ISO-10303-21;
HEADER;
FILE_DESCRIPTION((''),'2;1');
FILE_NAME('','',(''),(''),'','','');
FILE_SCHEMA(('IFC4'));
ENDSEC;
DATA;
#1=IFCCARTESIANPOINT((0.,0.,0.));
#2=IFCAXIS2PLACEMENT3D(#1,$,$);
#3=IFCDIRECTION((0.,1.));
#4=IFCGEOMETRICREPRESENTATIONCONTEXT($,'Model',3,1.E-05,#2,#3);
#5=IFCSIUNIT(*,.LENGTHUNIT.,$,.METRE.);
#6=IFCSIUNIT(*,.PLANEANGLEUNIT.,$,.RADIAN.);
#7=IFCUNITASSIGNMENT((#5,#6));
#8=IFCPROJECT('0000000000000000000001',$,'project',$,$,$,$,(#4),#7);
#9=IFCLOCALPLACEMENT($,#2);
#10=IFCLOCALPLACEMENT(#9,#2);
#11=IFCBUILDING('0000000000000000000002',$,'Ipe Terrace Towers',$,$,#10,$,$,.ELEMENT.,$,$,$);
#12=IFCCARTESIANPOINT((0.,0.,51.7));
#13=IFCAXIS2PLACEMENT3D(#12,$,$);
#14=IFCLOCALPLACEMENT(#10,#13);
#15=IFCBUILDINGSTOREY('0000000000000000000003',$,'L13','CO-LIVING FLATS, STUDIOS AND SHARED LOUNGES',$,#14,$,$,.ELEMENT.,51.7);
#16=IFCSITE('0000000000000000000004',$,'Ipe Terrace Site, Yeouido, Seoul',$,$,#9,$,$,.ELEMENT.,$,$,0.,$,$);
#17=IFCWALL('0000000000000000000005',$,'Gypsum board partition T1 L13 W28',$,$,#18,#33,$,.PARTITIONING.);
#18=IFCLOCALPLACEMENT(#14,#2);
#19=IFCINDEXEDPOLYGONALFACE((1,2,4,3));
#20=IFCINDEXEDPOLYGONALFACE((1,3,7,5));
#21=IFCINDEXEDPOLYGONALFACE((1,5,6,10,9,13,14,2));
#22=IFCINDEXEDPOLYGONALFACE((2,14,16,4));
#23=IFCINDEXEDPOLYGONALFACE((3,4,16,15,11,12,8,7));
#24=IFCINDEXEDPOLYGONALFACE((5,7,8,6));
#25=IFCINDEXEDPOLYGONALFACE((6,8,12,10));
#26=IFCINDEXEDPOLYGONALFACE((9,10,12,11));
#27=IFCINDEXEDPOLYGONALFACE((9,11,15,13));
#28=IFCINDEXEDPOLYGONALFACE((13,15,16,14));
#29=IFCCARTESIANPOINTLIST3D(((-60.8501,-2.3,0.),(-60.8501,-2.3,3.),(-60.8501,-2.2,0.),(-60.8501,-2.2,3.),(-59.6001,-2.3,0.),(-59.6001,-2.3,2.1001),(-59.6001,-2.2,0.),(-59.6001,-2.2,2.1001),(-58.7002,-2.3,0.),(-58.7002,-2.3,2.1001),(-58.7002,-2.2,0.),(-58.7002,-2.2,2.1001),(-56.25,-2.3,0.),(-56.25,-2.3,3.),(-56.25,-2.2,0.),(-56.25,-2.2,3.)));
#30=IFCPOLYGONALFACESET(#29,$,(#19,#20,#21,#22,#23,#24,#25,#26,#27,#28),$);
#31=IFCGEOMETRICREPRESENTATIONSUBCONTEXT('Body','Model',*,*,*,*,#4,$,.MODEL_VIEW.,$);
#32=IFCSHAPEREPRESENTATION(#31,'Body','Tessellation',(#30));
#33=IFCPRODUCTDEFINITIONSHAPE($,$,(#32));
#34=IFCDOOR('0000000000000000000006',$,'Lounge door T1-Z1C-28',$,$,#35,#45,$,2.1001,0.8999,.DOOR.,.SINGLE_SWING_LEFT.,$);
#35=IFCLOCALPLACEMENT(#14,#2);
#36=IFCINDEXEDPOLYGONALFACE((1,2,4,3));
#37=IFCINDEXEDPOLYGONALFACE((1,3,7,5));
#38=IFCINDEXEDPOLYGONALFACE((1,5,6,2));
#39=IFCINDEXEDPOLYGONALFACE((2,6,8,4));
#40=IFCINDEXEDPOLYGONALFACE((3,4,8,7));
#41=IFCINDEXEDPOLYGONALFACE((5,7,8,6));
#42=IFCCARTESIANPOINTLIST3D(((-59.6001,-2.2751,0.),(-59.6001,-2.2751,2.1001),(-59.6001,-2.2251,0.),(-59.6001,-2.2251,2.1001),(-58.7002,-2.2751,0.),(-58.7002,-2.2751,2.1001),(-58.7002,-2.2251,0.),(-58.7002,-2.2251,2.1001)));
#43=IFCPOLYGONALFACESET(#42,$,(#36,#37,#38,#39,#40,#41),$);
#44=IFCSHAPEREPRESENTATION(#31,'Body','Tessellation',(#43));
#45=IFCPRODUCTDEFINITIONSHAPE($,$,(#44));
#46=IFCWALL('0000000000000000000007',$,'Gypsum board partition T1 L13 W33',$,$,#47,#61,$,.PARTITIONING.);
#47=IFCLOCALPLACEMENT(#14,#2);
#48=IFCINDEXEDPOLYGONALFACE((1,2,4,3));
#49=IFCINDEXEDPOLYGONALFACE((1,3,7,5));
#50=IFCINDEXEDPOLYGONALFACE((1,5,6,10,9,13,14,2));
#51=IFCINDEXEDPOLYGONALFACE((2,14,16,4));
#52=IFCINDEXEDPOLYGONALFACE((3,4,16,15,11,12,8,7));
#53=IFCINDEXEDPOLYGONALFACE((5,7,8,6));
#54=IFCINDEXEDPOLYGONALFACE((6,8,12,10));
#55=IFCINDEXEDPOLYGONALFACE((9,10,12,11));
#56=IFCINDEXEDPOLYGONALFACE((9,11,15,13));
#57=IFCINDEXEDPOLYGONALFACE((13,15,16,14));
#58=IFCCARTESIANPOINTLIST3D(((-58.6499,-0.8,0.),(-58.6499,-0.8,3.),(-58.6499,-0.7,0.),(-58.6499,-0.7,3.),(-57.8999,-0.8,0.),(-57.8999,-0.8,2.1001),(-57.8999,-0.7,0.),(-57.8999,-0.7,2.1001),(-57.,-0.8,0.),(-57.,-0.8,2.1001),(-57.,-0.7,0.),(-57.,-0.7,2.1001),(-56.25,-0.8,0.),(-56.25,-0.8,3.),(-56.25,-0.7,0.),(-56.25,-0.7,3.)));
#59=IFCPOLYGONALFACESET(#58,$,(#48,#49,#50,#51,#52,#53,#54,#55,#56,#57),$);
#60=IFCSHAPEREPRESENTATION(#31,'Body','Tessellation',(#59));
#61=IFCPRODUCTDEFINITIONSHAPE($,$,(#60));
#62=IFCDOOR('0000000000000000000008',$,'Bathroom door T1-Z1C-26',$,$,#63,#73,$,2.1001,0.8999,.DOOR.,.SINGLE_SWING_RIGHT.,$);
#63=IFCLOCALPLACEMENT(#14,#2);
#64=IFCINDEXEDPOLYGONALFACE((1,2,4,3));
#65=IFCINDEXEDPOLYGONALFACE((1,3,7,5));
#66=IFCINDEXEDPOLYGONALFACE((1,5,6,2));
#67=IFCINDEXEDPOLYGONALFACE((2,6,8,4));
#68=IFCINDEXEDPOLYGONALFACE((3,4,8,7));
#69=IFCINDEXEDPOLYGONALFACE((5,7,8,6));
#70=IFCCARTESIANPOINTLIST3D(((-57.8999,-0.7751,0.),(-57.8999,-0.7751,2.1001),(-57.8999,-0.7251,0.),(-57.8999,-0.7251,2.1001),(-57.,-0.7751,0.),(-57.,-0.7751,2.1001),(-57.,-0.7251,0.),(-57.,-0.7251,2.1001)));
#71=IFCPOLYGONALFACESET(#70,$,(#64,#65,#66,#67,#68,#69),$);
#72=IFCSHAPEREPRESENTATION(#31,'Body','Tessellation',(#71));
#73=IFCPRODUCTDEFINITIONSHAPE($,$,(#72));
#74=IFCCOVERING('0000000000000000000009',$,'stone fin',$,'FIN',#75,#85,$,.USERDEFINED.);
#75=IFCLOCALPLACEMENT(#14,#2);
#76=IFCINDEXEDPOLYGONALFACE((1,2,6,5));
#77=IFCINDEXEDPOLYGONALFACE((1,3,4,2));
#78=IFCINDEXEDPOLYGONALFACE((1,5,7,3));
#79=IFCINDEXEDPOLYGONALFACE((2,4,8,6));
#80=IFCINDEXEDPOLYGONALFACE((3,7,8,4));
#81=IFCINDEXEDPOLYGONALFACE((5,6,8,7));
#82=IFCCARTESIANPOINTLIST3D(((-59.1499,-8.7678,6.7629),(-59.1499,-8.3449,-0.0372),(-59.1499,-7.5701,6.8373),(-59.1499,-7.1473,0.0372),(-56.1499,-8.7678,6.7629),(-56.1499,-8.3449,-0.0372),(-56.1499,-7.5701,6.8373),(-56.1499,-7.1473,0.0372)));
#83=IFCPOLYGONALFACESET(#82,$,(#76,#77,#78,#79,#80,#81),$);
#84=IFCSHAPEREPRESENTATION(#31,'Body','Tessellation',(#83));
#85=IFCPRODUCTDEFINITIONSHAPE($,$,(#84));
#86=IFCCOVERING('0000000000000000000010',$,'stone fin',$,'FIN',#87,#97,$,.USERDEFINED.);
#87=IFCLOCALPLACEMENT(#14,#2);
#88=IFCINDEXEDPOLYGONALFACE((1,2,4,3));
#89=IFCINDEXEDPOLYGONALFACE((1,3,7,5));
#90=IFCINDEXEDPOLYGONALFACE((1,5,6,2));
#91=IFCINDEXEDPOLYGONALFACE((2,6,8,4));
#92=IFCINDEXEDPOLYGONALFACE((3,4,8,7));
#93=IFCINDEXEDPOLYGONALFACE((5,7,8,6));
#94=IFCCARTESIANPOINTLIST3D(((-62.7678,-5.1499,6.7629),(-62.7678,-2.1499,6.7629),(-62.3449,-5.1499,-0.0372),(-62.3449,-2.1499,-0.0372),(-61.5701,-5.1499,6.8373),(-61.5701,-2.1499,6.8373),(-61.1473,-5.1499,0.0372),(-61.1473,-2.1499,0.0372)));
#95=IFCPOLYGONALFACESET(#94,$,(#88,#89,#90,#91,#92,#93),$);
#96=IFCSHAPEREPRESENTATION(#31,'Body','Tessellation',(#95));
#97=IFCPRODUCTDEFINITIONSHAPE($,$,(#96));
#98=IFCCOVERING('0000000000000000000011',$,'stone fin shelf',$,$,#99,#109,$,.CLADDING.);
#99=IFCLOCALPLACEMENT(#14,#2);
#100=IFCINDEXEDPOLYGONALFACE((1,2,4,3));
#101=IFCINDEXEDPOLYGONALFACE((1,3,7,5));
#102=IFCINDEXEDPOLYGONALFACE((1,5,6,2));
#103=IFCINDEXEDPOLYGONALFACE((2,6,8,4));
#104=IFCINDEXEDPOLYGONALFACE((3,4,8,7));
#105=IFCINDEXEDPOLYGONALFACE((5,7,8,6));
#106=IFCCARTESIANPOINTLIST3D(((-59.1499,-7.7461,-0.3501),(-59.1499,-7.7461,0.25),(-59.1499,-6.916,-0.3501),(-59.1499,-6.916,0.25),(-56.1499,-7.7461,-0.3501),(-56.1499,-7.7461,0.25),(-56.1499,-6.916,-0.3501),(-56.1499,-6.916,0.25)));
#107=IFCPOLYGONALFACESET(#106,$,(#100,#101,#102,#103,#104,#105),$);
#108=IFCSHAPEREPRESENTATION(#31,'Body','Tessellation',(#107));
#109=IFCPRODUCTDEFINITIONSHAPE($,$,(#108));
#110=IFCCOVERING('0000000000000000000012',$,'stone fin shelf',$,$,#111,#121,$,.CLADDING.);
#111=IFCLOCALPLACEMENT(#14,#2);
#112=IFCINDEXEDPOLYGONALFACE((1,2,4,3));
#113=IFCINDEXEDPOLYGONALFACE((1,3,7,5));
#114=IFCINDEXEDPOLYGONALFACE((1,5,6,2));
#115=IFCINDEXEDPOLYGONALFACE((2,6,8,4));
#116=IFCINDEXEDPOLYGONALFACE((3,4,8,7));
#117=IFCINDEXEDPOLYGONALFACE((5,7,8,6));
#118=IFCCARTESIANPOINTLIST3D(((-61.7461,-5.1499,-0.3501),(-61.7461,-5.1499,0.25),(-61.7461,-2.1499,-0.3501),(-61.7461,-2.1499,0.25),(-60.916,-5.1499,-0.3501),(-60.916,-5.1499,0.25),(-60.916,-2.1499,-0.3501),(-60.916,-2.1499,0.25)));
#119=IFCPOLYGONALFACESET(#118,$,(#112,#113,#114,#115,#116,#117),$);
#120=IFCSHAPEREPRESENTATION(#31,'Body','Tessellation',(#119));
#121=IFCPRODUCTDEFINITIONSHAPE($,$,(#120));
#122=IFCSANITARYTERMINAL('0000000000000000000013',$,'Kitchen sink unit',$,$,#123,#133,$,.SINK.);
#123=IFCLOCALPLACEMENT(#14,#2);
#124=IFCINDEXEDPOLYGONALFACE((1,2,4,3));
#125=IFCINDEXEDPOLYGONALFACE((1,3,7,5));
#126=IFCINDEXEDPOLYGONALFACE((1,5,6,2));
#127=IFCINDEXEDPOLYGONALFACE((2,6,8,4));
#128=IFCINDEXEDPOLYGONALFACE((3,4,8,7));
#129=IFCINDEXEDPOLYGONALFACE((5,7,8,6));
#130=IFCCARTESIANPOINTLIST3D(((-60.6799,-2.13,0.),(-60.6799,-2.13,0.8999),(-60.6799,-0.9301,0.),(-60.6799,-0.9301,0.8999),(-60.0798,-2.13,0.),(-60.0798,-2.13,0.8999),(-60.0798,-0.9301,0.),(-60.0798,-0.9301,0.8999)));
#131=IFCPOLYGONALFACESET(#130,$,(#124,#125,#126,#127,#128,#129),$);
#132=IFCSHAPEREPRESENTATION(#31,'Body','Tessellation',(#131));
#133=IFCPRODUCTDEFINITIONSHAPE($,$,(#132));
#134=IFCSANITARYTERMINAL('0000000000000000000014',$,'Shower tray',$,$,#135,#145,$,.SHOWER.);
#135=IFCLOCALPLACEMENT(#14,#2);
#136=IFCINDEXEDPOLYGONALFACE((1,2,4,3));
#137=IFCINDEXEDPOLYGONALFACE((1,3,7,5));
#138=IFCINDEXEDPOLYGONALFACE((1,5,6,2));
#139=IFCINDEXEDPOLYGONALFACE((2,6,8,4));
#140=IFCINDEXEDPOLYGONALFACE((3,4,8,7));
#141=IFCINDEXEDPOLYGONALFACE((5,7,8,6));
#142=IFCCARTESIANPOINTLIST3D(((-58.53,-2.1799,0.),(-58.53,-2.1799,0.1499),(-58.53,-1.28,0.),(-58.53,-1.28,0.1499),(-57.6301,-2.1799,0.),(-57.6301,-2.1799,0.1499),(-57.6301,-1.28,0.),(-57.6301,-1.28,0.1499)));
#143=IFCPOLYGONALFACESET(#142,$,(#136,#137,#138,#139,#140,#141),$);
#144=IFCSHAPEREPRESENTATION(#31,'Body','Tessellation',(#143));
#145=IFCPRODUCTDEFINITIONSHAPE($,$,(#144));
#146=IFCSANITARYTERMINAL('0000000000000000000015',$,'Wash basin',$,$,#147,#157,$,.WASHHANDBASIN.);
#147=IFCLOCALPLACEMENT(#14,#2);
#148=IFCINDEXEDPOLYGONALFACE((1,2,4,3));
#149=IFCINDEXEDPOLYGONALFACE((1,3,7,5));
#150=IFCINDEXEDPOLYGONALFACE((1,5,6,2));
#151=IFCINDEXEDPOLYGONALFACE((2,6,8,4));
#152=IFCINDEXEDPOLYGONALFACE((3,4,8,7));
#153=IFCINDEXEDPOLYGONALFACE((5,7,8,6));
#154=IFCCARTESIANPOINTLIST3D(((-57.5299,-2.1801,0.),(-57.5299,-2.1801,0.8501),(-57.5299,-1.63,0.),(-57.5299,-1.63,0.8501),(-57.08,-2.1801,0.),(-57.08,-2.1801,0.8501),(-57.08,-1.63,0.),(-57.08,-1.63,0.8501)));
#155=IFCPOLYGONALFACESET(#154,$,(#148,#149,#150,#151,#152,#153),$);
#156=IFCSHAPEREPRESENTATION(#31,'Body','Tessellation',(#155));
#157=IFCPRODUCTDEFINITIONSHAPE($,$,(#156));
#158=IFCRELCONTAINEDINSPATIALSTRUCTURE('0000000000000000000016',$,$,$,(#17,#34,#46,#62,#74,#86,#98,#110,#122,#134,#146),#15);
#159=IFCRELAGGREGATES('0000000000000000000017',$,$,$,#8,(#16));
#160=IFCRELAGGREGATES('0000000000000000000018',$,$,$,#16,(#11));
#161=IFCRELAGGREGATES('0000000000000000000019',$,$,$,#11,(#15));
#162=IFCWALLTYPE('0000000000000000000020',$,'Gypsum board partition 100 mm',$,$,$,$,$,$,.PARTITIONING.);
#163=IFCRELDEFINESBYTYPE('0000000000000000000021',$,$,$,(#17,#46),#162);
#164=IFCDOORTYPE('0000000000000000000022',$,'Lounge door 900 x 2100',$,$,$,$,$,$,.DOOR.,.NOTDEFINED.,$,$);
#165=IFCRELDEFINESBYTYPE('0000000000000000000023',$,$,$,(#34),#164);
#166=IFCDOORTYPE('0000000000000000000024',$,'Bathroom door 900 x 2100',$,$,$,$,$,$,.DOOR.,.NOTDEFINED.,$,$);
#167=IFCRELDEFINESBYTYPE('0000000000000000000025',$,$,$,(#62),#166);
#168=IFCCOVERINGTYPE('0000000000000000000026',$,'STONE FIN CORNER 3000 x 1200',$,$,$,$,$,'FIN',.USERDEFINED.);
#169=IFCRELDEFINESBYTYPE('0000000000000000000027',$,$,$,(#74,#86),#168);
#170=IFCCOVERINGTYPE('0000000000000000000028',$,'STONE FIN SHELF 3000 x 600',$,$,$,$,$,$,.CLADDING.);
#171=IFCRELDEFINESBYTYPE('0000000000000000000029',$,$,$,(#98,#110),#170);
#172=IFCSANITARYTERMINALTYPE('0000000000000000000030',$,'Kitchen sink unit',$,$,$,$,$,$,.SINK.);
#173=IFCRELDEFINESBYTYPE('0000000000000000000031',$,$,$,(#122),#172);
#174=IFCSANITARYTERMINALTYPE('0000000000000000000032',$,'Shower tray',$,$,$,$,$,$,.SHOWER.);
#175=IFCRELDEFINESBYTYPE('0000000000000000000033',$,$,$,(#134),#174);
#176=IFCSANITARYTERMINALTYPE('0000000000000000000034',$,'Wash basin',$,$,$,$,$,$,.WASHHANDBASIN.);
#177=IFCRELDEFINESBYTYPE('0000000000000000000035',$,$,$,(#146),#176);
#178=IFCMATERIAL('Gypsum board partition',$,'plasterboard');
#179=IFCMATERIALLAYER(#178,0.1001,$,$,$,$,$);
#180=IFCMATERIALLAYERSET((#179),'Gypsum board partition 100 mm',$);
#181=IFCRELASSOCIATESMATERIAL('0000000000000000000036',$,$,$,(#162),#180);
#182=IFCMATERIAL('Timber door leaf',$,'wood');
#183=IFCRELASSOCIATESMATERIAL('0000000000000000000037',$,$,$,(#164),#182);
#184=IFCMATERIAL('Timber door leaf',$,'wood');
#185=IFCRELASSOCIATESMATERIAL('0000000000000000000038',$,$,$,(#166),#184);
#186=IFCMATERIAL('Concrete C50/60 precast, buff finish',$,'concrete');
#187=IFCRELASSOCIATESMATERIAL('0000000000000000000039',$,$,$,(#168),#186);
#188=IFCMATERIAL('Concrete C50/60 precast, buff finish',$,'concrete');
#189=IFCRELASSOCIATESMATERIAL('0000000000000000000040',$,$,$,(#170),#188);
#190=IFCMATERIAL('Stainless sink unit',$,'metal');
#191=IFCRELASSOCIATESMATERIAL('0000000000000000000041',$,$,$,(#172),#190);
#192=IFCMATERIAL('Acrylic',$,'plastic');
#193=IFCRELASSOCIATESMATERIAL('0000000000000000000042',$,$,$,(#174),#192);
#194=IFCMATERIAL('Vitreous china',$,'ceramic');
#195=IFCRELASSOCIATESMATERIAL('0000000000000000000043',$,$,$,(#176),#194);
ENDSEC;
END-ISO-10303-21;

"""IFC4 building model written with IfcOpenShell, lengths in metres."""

from ifc_helpers import new_model, si_unit, direction, frame, frame_2d, origin, origin_2d, place, context, subcontext, project, spatial, rectangle, extrude, material, layer, layer_set, material_profile, profile_set, type_object, element, fill, save


model = new_model("IFC4")

# Units and contexts
model_context = context("Model", 3, precision=1e-05, world=origin(), true_north=direction((0.0, 1.0)))
body_context = subcontext(model_context, "Body", "Model", "MODEL_VIEW")
ifc_project = project(units=[si_unit("LENGTHUNIT", "METRE"), si_unit("PLANEANGLEUNIT", "RADIAN")], contexts=[model_context])

# Site, building, storey
site_placement = place(None, origin())
site = spatial("IfcSite", under=ifc_project, at=site_placement, Name="Ipe Terrace Site, Yeouido, Seoul", CompositionType="ELEMENT", RefElevation=0.0)
building_placement = place(site_placement, origin())
building = spatial("IfcBuilding", under=site, at=building_placement, Name="Ipe Terrace Towers", CompositionType="ELEMENT")
storey_placement = place(building_placement, frame((0.0, 0.0, 51.7)))
storey = spatial("IfcBuildingStorey", under=building, at=storey_placement, Name="L13", Description="CO-LIVING FLATS, STUDIOS AND SHARED LOUNGES", CompositionType="ELEMENT", Elevation=51.7)

# Shared definitions
ifc_material_1 = material(Name="Gypsum board partition", Category="plasterboard")
ifc_layer_1 = layer(ifc_material_1, 0.1001)
ifc_layer_set_1 = layer_set([ifc_layer_1], Name="Gypsum board partition 100 mm")
wall_type_1 = type_object("IfcWallType", Name="Gypsum board partition 100 mm", PredefinedType="PARTITIONING", material=ifc_layer_set_1)

# Walls, openings, doors
wall_1_placement = place(storey_placement, frame((-60.8501, -2.25, 0.0), z_axis=(0.0, 0.0, 1.0), x_axis=(1.0, 0.0, 0.0)))
wall_1 = element("IfcWall", 1, at=wall_1_placement, inside=storey, type_object=wall_type_1, Name="Gypsum board partition T1 L13 W28", PredefinedType="PARTITIONING", context=body_context, shape_type="SweptSolid", body=[
    extrude(rectangle(XDim=4.6001, YDim=0.1001, at=frame_2d((2.3, 0.0))), origin(), (0.0, 0.0, 1.0), 3.0),
])
opening_1_placement = place(wall_1_placement, frame((1.25, 0.0, 0.0)))
opening_1 = element("IfcOpeningElement", 2, at=opening_1_placement, cuts=wall_1, PredefinedType="OPENING", context=body_context, shape_type="SweptSolid", body=[
    extrude(rectangle(XDim=0.8999, YDim=2.1001, at=frame_2d((0.45, 1.05))), frame((0.0, 0.0601, 0.0), z_axis=(0.0, -1.0, 0.0), x_axis=(1.0, 0.0, 0.0)), (0.0, 0.0, 1.0), 0.1201),
])
ifc_material_2 = material(Name="Timber door leaf", Category="wood")
door_type_1 = type_object("IfcDoorType", Name="Lounge door 900 x 2100", OperationType="NOTDEFINED", PredefinedType="DOOR", material=ifc_material_2)
door_1_placement = place(opening_1_placement, origin())
door_1 = element("IfcDoor", 3, at=door_1_placement, inside=storey, type_object=door_type_1, Name="Lounge door T1-Z1C-28", OperationType="SINGLE_SWING_LEFT", OverallHeight=2.1001, OverallWidth=0.8999, PredefinedType="DOOR", context=body_context, shape_type="SweptSolid", body=[
    extrude(rectangle(XDim=0.8999, YDim=2.1001, at=frame_2d((0.45, 1.05))), frame((0.0, 0.0249, 0.0), z_axis=(0.0, -1.0, 0.0), x_axis=(1.0, 0.0, 0.0)), (0.0, 0.0, 1.0), 0.05),
])
fill(opening_1, door_1)
wall_2_placement = place(storey_placement, frame((-58.6499, -0.75, 0.0), z_axis=(0.0, 0.0, 1.0), x_axis=(1.0, 0.0, 0.0)))
wall_2 = element("IfcWall", 4, at=wall_2_placement, inside=storey, type_object=wall_type_1, Name="Gypsum board partition T1 L13 W33", PredefinedType="PARTITIONING", context=body_context, shape_type="SweptSolid", body=[
    extrude(rectangle(XDim=2.3999, YDim=0.1001, at=frame_2d((1.2, 0.0))), origin(), (0.0, 0.0, 1.0), 3.0),
])
opening_2_placement = place(wall_2_placement, frame((0.75, 0.0, 0.0)))
opening_2 = element("IfcOpeningElement", 5, at=opening_2_placement, cuts=wall_2, PredefinedType="OPENING", context=body_context, shape_type="SweptSolid", body=[
    extrude(rectangle(XDim=0.8999, YDim=2.1001, at=frame_2d((0.45, 1.05))), frame((0.0, 0.0601, 0.0), z_axis=(0.0, -1.0, 0.0), x_axis=(1.0, 0.0, 0.0)), (0.0, 0.0, 1.0), 0.1201),
])
ifc_material_3 = material(Name="Timber door leaf", Category="wood")
door_type_2 = type_object("IfcDoorType", Name="Bathroom door 900 x 2100", OperationType="NOTDEFINED", PredefinedType="DOOR", material=ifc_material_3)
door_2_placement = place(opening_2_placement, origin())
door_2 = element("IfcDoor", 6, at=door_2_placement, inside=storey, type_object=door_type_2, Name="Bathroom door T1-Z1C-26", OperationType="SINGLE_SWING_RIGHT", OverallHeight=2.1001, OverallWidth=0.8999, PredefinedType="DOOR", context=body_context, shape_type="SweptSolid", body=[
    extrude(rectangle(XDim=0.8999, YDim=2.1001, at=frame_2d((0.45, 1.05))), frame((0.0, 0.0249, 0.0), z_axis=(0.0, -1.0, 0.0), x_axis=(1.0, 0.0, 0.0)), (0.0, 0.0, 1.0), 0.05),
])
fill(opening_2, door_2)

# Coverings
ifc_material_4 = material(Name="Concrete C50/60 precast, buff finish", Category="concrete")
ifc_material_profile_1 = material_profile(ifc_material_4, rectangle(XDim=3.0, YDim=1.2, at=origin_2d()), Name="STONE FIN CORNER 3000 x 1200")
ifc_profile_set_1 = profile_set([ifc_material_profile_1], Name="Concrete C50/60 precast, buff finish")
covering_type_1 = type_object("IfcCoveringType", Name="STONE FIN CORNER 3000 x 1200", ElementType="FIN", PredefinedType="USERDEFINED", material=ifc_profile_set_1)
for number, where, z_axis, x_axis, name in (
    (7, (-57.6499, -7.7461, 0.0), (0.0, -0.062064, 0.998072), (1.0, 0.0, 0.0), "stone fin"),
    (8, (-61.7461, -3.6499, 0.0), (-0.062064, 0.0, 0.998072), (0.0, -1.0, 0.0), "stone fin"),
):
    element("IfcCovering", number, at=place(storey_placement, frame(where, z_axis=z_axis, x_axis=x_axis)), inside=storey, type_object=covering_type_1, Name=name, ObjectType="FIN", PredefinedType="USERDEFINED", context=body_context, shape_type="SweptSolid", body=[
        extrude(rectangle(XDim=3.0, YDim=1.2, at=origin_2d()), origin(), (0.0, 0.0, 1.0), 6.8132),
    ])
ifc_material_5 = material(Name="Concrete C50/60 precast, buff finish", Category="concrete")
covering_type_2 = type_object("IfcCoveringType", Name="STONE FIN SHELF 3000 x 600", PredefinedType="CLADDING", material=ifc_material_5)
for number, where, z_axis, x_axis, name in (
    (9, (-57.6499, -7.3311, -0.3501), (0.0, 0.0, 1.0), (1.0, 0.0, 0.0), "stone fin shelf"),
    (10, (-61.3311, -3.6499, -0.3501), (0.0, 0.0, 1.0), (0.0, -1.0, 0.0), "stone fin shelf"),
):
    element("IfcCovering", number, at=place(storey_placement, frame(where, z_axis=z_axis, x_axis=x_axis)), inside=storey, type_object=covering_type_2, Name=name, PredefinedType="CLADDING", context=body_context, shape_type="SweptSolid", body=[
        extrude(rectangle(XDim=3.0, YDim=0.8301, at=origin_2d()), origin(), (0.0, 0.0, 1.0), 0.6001),
    ])

# Sanitary terminals
ifc_material_6 = material(Name="Stainless sink unit", Category="metal")
sanitary_terminal_type_1 = type_object("IfcSanitaryTerminalType", Name="Kitchen sink unit", PredefinedType="SINK", material=ifc_material_6)
sanitary_terminal_1_placement = place(storey_placement, frame((-60.3799, -1.53, 0.0), z_axis=(0.0, 0.0, 1.0), x_axis=(0.0, 1.0, 0.0)))
element("IfcSanitaryTerminal", 11, at=sanitary_terminal_1_placement, inside=storey, type_object=sanitary_terminal_type_1, Name="Kitchen sink unit", PredefinedType="SINK", context=body_context, shape_type="SweptSolid", body=[
    extrude(rectangle(XDim=1.2, YDim=0.6001, at=origin_2d()), origin(), (0.0, 0.0, 1.0), 0.8999),
])
ifc_material_7 = material(Name="Acrylic", Category="plastic")
sanitary_terminal_type_2 = type_object("IfcSanitaryTerminalType", Name="Shower tray", PredefinedType="SHOWER", material=ifc_material_7)
sanitary_terminal_2_placement = place(storey_placement, frame((-58.0801, -1.73, 0.0), z_axis=(0.0, 0.0, 1.0), x_axis=(0.0, 1.0, 0.0)))
element("IfcSanitaryTerminal", 12, at=sanitary_terminal_2_placement, inside=storey, type_object=sanitary_terminal_type_2, Name="Shower tray", PredefinedType="SHOWER", context=body_context, shape_type="SweptSolid", body=[
    extrude(rectangle(XDim=0.8999, YDim=0.8999, at=origin_2d()), origin(), (0.0, 0.0, 1.0), 0.1499),
])
ifc_material_8 = material(Name="Vitreous china", Category="ceramic")
sanitary_terminal_type_3 = type_object("IfcSanitaryTerminalType", Name="Wash basin", PredefinedType="WASHHANDBASIN", material=ifc_material_8)
sanitary_terminal_3_placement = place(storey_placement, frame((-57.3049, -1.905, 0.0), z_axis=(0.0, 0.0, 1.0), x_axis=(0.0, 1.0, 0.0)))
element("IfcSanitaryTerminal", 13, at=sanitary_terminal_3_placement, inside=storey, type_object=sanitary_terminal_type_3, Name="Wash basin", PredefinedType="WASHHANDBASIN", context=body_context, shape_type="SweptSolid", body=[
    extrude(rectangle(XDim=0.55, YDim=0.45, at=origin_2d()), origin(), (0.0, 0.0, 1.0), 0.8501),
])

save(model, "model.ifc")
